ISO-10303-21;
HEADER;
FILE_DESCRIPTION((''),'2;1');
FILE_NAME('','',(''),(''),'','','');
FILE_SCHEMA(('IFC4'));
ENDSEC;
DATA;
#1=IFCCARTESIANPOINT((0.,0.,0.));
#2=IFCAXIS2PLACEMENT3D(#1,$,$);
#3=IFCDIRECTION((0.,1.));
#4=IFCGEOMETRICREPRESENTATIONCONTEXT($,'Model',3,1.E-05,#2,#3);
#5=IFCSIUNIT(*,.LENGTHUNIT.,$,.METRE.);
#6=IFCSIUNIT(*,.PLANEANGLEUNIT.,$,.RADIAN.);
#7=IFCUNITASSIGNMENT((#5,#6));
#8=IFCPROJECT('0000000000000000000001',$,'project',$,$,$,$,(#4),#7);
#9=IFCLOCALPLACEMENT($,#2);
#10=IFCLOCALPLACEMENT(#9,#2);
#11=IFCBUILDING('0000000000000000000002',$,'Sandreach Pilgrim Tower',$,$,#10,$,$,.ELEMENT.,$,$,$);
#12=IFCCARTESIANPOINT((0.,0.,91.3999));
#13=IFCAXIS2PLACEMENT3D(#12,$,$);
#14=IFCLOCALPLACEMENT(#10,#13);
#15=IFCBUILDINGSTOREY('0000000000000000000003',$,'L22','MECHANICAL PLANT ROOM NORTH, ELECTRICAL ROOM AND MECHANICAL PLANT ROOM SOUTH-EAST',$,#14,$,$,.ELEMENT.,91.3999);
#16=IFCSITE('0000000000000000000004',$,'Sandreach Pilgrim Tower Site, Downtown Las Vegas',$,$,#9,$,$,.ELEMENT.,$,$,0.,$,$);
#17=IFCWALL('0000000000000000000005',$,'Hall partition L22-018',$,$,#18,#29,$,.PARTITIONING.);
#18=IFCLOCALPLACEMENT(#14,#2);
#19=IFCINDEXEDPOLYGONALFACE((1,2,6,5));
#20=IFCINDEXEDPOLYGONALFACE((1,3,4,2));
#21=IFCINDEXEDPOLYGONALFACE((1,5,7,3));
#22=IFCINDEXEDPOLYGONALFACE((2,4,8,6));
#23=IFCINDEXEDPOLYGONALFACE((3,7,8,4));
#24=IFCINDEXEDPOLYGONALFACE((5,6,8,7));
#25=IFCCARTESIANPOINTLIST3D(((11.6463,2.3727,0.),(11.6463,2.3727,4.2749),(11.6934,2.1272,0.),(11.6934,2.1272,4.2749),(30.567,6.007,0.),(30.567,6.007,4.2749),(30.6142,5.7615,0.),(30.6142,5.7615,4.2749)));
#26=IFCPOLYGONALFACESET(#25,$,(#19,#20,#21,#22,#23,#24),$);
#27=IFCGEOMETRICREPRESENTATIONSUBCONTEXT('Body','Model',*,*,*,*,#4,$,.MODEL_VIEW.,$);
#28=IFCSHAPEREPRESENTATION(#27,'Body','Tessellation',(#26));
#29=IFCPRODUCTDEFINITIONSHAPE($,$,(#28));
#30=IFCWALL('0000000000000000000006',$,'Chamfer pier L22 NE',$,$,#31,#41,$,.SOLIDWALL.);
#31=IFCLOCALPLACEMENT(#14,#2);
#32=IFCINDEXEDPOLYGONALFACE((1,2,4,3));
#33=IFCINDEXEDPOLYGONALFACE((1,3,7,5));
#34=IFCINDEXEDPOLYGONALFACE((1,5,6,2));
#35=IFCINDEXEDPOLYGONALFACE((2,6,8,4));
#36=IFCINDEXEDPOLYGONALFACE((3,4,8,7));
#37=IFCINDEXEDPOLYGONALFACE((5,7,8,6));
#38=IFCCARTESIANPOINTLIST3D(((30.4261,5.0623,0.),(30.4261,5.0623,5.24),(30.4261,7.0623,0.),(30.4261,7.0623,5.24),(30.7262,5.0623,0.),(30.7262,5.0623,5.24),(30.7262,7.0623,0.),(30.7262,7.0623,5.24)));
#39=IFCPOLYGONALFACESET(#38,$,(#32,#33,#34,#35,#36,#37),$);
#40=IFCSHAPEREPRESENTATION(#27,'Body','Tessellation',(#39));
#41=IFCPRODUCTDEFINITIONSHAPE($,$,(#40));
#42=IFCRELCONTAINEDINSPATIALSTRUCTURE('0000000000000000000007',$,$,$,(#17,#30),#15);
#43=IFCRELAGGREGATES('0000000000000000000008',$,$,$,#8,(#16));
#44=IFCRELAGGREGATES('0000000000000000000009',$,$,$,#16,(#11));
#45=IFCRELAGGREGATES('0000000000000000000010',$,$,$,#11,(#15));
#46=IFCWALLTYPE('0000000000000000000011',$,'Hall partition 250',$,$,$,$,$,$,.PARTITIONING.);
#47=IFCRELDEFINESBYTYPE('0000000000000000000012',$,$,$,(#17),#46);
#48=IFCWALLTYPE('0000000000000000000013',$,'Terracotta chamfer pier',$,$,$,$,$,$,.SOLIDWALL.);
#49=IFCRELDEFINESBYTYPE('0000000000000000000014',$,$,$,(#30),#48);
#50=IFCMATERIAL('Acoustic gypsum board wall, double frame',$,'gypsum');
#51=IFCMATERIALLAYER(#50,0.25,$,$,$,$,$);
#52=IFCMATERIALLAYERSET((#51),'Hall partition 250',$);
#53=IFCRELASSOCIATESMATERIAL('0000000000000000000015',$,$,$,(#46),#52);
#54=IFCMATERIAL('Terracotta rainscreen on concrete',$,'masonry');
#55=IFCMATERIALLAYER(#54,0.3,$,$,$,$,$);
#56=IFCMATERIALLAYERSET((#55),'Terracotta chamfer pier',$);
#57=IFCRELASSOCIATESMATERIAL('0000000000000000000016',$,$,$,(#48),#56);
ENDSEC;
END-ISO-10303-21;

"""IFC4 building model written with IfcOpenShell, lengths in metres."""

from ifc_helpers import new_model, si_unit, direction, frame, frame_2d, origin, place, context, subcontext, project, spatial, rectangle, extrude, material, layer, layer_set, type_object, element, save


model = new_model("IFC4")

# Units and contexts
model_context = context("Model", 3, precision=1e-05, world=origin(), true_north=direction((0.0, 1.0)))
body_context = subcontext(model_context, "Body", "Model", "MODEL_VIEW")
ifc_project = project(units=[si_unit("LENGTHUNIT", "METRE"), si_unit("PLANEANGLEUNIT", "RADIAN")], contexts=[model_context])

# Site, building, storey
site_placement = place(None, origin())
site = spatial("IfcSite", under=ifc_project, at=site_placement, Name="Sandreach Pilgrim Tower Site, Downtown Las Vegas", CompositionType="ELEMENT", RefElevation=0.0)
building_placement = place(site_placement, origin())
building = spatial("IfcBuilding", under=site, at=building_placement, Name="Sandreach Pilgrim Tower", CompositionType="ELEMENT")
storey_placement = place(building_placement, frame((0.0, 0.0, 91.3999)))
storey = spatial("IfcBuildingStorey", under=building, at=storey_placement, Name="L22", Description="MECHANICAL PLANT ROOM NORTH, ELECTRICAL ROOM AND MECHANICAL PLANT ROOM SOUTH-EAST", CompositionType="ELEMENT", Elevation=91.3999)

# Walls
ifc_material_1 = material(Name="Acoustic gypsum board wall, double frame", Category="gypsum")
ifc_layer_1 = layer(ifc_material_1, 0.25)
ifc_layer_set_1 = layer_set([ifc_layer_1], Name="Hall partition 250")
wall_type_1 = type_object("IfcWallType", Name="Hall partition 250", PredefinedType="PARTITIONING", material=ifc_layer_set_1)
wall_1_placement = place(storey_placement, frame((30.5906, 5.8843, 0.0), z_axis=(0.0, 0.0, 1.0), x_axis=(-0.982048, -0.188632, 0.0)))
element("IfcWall", 1, at=wall_1_placement, inside=storey, type_object=wall_type_1, Name="Hall partition L22-018", PredefinedType="PARTITIONING", context=body_context, shape_type="SweptSolid", body=[
    extrude(rectangle(XDim=19.2666, YDim=0.25, at=frame_2d((9.6333, 0.0))), origin(), (0.0, 0.0, 1.0), 4.2749),
])
ifc_material_2 = material(Name="Terracotta rainscreen on concrete", Category="masonry")
ifc_layer_2 = layer(ifc_material_2, 0.3)
ifc_layer_set_2 = layer_set([ifc_layer_2], Name="Terracotta chamfer pier")
wall_type_2 = type_object("IfcWallType", Name="Terracotta chamfer pier", PredefinedType="SOLIDWALL", material=ifc_layer_set_2)
wall_2_placement = place(storey_placement, frame((30.5762, 7.0623, 0.0), z_axis=(0.0, 0.0, 1.0), x_axis=(0.0, -1.0, 0.0)))
element("IfcWall", 2, at=wall_2_placement, inside=storey, type_object=wall_type_2, Name="Chamfer pier L22 NE", PredefinedType="SOLIDWALL", context=body_context, shape_type="SweptSolid", body=[
    extrude(rectangle(XDim=2.0, YDim=0.3, at=frame_2d((1.0, 0.0))), origin(), (0.0, 0.0, 1.0), 5.24),
])

save(model, "model.ifc")
